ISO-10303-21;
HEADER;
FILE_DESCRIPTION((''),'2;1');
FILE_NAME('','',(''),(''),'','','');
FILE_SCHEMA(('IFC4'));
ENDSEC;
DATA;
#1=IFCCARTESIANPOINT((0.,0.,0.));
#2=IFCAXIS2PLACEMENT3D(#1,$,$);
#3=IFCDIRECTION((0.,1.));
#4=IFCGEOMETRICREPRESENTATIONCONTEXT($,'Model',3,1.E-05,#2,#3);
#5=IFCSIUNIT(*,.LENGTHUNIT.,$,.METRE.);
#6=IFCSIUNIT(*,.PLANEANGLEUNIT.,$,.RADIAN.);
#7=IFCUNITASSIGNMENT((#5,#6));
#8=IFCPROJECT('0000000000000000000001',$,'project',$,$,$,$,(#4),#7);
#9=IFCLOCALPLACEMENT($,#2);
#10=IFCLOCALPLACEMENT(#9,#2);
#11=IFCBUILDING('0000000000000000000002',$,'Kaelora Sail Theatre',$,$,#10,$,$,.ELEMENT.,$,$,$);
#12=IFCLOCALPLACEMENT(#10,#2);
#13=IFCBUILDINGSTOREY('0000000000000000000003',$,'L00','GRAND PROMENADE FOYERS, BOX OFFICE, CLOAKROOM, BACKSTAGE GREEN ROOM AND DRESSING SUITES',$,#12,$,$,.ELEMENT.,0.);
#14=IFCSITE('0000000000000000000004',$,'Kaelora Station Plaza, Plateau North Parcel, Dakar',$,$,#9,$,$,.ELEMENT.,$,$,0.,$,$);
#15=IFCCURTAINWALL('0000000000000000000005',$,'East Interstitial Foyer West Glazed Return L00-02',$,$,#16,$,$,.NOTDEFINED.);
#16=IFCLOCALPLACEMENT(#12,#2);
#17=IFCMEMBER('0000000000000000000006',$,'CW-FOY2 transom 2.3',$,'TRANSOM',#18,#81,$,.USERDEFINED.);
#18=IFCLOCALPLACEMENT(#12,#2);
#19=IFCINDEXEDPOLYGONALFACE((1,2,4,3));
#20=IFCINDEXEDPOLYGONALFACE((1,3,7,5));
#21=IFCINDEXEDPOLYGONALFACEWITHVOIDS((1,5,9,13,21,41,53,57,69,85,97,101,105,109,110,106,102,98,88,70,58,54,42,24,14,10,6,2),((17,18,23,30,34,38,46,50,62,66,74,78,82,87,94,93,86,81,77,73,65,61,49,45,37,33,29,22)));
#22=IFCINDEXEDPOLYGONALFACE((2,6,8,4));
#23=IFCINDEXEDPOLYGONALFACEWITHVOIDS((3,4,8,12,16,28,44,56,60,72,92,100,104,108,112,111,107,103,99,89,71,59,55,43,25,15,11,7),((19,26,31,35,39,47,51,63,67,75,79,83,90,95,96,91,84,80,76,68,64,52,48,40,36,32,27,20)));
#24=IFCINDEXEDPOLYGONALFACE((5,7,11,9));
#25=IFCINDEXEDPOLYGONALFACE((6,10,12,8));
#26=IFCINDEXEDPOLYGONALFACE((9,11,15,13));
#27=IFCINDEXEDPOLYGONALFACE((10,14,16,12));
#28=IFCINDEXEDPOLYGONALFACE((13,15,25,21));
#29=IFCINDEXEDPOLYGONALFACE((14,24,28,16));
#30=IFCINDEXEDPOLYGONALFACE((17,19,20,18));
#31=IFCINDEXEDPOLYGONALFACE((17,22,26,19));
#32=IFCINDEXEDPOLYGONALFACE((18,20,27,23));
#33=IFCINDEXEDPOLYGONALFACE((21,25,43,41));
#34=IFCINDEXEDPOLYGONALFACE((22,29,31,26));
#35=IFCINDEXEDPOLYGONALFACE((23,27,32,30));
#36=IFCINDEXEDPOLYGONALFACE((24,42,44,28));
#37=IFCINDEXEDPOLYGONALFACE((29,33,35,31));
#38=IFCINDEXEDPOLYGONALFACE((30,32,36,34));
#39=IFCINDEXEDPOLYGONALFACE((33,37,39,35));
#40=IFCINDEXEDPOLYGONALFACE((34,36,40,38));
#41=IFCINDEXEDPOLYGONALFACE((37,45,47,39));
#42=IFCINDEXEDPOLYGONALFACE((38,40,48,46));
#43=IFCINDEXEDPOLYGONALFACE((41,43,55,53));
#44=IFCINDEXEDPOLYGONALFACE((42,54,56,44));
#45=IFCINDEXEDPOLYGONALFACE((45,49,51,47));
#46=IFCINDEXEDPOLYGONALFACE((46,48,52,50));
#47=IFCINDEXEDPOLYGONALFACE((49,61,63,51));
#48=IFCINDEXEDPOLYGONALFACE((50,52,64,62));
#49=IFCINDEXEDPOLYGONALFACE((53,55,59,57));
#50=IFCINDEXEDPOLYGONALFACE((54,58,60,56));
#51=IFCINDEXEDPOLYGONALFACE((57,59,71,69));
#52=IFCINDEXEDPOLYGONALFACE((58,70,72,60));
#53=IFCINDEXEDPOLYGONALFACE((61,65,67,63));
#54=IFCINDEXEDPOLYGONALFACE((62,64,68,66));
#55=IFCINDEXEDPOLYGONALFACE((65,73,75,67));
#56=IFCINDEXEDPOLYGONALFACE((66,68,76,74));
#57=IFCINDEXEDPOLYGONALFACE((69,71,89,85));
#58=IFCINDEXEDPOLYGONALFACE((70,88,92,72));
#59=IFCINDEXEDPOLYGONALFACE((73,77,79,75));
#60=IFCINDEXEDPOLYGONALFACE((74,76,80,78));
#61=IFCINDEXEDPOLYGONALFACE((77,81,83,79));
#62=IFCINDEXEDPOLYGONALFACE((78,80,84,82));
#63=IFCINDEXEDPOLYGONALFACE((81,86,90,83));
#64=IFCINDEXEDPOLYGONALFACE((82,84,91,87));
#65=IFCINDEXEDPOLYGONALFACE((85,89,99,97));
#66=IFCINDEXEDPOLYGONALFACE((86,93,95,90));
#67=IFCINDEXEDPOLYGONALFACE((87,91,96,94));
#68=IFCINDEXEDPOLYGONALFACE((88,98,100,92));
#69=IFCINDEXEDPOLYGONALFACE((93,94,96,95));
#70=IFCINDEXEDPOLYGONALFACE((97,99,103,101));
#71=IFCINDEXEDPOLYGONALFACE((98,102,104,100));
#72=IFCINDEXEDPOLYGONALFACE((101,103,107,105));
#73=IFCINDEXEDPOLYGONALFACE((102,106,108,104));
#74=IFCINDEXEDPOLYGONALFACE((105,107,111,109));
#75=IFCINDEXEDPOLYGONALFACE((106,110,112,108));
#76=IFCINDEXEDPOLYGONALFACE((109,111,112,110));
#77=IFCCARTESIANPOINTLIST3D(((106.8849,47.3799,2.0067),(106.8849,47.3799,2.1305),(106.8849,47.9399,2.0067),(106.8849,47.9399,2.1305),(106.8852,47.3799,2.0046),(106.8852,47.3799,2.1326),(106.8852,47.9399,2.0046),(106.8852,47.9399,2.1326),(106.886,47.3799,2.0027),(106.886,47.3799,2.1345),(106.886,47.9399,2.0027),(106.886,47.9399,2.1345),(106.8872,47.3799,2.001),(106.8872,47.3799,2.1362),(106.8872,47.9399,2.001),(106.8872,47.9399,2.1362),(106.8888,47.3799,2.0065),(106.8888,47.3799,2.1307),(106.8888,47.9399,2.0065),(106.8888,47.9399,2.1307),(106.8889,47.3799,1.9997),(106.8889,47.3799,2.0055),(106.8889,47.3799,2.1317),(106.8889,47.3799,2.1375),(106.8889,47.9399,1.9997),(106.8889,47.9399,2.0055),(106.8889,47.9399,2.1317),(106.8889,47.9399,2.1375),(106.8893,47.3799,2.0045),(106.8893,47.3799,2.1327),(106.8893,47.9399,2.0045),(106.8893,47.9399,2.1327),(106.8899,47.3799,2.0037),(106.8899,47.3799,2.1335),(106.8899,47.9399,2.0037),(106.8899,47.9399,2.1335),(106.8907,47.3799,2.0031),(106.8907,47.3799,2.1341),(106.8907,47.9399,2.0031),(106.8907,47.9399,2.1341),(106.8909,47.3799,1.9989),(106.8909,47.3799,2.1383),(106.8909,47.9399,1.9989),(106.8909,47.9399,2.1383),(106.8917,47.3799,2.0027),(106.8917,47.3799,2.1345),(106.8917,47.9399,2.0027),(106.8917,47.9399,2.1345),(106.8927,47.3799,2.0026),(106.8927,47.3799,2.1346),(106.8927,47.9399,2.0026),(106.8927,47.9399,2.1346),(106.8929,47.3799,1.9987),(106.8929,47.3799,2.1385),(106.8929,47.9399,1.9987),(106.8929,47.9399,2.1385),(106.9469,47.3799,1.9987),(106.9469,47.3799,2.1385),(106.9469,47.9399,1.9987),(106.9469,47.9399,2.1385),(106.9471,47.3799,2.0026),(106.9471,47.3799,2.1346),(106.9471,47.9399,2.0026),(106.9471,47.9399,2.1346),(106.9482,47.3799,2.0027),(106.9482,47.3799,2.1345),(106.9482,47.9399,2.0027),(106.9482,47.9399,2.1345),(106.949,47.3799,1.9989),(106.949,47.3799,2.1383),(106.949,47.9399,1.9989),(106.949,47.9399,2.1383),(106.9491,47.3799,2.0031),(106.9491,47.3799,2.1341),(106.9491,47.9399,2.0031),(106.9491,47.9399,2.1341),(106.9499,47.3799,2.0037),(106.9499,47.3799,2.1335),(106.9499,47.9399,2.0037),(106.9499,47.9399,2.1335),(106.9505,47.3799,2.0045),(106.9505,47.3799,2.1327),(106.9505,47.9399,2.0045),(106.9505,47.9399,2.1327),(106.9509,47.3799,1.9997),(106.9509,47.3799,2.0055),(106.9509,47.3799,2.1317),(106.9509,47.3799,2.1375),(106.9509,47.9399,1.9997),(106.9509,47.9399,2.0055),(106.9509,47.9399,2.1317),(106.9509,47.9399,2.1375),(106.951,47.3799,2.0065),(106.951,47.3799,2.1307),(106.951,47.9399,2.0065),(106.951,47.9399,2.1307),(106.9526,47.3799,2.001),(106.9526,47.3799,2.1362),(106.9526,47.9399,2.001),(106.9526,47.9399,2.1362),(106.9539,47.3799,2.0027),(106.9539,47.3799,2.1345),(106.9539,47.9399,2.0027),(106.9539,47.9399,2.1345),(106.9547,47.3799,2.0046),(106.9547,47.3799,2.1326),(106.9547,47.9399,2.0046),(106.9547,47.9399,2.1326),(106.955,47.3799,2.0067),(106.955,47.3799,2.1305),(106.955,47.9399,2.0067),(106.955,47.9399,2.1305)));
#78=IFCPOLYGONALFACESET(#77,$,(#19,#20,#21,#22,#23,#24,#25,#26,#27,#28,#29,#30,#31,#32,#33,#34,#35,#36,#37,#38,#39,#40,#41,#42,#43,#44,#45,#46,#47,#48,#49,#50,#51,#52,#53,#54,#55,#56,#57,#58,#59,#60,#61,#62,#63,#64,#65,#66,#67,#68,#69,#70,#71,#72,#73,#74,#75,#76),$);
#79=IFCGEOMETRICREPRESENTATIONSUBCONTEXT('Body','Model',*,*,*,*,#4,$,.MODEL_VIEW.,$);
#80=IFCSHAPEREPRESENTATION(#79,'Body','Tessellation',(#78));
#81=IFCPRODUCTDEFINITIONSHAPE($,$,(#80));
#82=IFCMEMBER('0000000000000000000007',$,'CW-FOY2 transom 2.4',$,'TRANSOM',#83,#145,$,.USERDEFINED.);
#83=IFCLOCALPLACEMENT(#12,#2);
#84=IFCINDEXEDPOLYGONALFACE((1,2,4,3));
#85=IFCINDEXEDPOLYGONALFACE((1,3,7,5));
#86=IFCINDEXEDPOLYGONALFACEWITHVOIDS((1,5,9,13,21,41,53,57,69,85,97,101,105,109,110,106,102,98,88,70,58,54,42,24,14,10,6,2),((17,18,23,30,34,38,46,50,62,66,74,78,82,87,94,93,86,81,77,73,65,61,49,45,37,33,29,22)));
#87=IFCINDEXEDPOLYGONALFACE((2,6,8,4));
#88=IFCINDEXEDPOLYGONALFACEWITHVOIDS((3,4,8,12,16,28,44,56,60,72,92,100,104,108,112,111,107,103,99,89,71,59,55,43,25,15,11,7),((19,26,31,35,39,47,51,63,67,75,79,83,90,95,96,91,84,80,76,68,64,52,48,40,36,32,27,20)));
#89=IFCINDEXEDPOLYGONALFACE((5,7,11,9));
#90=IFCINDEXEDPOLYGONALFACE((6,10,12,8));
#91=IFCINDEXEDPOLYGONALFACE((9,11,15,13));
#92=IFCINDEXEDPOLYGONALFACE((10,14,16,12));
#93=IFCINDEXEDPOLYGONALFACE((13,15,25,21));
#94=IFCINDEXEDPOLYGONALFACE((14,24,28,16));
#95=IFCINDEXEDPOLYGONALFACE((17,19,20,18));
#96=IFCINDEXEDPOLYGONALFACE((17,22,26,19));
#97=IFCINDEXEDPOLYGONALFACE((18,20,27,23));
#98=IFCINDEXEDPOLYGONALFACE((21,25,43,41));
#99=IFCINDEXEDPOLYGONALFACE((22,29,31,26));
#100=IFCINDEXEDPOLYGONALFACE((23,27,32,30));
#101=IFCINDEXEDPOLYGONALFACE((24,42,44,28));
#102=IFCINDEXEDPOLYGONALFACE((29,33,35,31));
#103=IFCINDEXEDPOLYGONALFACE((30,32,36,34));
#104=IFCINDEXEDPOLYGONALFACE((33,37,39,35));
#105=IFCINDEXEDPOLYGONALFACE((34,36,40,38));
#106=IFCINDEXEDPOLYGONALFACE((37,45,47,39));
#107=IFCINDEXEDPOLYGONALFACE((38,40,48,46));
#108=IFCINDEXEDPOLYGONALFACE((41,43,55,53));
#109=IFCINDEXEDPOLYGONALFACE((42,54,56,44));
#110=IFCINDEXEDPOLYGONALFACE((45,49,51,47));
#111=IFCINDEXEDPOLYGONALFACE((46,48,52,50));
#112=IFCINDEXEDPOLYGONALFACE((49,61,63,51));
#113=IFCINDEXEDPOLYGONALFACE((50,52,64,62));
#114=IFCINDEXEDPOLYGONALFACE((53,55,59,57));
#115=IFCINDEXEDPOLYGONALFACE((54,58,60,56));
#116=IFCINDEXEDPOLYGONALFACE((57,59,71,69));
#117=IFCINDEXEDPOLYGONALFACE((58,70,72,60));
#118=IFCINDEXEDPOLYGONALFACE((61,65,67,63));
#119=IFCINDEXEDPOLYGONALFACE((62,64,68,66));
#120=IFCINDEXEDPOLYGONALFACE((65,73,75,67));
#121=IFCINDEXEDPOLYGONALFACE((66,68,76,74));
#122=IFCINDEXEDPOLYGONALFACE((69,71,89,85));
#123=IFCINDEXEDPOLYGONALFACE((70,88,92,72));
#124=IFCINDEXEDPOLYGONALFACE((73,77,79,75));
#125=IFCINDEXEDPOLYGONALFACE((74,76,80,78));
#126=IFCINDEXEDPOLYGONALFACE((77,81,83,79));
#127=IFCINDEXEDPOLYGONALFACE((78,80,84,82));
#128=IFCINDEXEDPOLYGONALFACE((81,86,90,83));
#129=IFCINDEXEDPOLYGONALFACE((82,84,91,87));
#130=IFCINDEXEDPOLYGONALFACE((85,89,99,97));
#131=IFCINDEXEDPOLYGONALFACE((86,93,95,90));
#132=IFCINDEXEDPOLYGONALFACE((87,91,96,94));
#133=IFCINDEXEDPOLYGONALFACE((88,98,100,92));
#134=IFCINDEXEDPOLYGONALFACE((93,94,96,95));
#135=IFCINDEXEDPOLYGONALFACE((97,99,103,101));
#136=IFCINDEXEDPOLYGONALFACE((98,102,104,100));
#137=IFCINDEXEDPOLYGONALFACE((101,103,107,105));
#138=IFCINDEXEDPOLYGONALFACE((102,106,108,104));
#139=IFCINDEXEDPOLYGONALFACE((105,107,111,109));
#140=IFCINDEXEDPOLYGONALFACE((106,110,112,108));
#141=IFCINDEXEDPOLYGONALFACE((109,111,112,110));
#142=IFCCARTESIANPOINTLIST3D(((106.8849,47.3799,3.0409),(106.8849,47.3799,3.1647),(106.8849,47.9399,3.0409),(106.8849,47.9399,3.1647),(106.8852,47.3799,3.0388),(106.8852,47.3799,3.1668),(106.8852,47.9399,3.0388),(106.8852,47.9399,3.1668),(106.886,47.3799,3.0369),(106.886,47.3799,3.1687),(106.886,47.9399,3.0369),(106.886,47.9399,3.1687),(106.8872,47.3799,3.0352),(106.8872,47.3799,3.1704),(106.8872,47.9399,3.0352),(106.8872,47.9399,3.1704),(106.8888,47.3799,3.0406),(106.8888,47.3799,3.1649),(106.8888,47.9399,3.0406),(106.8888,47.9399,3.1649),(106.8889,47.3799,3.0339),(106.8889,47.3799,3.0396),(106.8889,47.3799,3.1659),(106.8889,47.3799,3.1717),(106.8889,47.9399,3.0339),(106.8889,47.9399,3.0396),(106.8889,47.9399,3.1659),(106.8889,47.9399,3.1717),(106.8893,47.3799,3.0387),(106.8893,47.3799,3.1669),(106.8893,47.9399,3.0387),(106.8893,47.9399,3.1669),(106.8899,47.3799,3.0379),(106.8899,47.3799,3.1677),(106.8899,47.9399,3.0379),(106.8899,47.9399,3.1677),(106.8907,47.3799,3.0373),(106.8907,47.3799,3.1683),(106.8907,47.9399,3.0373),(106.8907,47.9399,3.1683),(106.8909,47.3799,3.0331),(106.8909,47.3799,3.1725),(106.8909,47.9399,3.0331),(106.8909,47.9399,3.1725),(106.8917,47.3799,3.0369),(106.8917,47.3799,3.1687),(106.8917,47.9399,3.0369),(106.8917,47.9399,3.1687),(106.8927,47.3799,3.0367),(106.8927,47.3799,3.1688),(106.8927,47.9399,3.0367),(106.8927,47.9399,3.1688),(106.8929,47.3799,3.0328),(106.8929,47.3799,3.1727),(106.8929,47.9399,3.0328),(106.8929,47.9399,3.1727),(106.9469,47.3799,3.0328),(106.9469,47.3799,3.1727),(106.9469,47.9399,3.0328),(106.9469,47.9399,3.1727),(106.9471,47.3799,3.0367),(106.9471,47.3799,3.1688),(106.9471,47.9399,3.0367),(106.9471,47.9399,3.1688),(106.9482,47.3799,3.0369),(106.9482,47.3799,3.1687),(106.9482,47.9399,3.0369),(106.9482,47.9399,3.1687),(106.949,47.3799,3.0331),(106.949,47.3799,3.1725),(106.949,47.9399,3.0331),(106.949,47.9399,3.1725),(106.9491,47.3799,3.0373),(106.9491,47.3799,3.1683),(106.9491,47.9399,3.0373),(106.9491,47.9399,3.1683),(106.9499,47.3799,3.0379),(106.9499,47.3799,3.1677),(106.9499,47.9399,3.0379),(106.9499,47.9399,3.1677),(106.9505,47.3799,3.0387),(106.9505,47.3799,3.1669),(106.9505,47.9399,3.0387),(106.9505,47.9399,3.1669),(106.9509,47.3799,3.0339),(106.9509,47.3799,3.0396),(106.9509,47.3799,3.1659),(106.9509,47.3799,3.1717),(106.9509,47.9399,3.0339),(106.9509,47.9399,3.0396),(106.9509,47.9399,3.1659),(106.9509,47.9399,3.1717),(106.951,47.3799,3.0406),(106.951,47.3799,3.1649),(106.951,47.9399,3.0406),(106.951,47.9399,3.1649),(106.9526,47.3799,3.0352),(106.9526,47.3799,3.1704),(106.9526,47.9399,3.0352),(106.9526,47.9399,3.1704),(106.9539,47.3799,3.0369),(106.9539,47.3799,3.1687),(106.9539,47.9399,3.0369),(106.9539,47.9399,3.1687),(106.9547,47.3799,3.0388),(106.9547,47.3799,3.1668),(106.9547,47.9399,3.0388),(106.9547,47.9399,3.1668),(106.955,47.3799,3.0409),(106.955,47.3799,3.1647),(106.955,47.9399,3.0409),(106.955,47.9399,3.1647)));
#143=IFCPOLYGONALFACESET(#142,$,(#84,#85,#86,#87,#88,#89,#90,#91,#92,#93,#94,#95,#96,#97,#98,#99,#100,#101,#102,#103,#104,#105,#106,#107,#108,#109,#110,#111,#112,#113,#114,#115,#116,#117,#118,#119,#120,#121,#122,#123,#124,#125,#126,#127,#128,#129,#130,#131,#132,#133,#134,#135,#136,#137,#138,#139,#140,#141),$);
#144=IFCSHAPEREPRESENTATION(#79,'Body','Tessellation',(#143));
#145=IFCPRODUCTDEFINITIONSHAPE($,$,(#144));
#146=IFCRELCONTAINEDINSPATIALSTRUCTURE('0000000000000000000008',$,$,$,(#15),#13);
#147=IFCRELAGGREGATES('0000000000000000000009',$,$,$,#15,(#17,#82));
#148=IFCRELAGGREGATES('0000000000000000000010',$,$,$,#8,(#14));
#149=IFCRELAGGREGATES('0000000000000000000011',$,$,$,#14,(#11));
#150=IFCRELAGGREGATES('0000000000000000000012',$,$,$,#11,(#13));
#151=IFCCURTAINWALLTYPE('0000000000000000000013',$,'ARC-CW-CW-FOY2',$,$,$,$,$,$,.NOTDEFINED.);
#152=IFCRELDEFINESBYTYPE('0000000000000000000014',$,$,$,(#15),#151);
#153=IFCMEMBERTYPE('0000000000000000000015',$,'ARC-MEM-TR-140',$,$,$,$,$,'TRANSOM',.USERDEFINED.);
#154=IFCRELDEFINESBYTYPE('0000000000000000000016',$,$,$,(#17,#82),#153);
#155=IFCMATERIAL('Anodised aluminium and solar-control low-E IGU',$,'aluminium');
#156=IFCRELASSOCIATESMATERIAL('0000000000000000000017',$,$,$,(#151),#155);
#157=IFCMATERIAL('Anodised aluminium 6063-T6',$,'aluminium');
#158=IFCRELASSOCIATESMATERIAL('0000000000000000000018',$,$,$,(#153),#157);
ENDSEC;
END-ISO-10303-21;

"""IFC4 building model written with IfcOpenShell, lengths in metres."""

from ifc_helpers import new_model, si_unit, direction, frame, origin, origin_2d, place, context, subcontext, project, spatial, hollow_rectangle, extrude, material, material_profile, profile_set, type_object, element, aggregate, save


model = new_model("IFC4")

# Units and contexts
model_context = context("Model", 3, precision=1e-05, world=origin(), true_north=direction((0.0, 1.0)))
body_context = subcontext(model_context, "Body", "Model", "MODEL_VIEW")
ifc_project = project(units=[si_unit("LENGTHUNIT", "METRE"), si_unit("PLANEANGLEUNIT", "RADIAN")], contexts=[model_context])

# Site, building, storey
site_placement = place(None, origin())
site = spatial("IfcSite", under=ifc_project, at=site_placement, Name="Kaelora Station Plaza, Plateau North Parcel, Dakar", CompositionType="ELEMENT", RefElevation=0.0)
building_placement = place(site_placement, origin())
building = spatial("IfcBuilding", under=site, at=building_placement, Name="Kaelora Sail Theatre", CompositionType="ELEMENT")
storey_placement = place(building_placement, origin())
storey = spatial("IfcBuildingStorey", under=building, at=storey_placement, Name="L00", Description="GRAND PROMENADE FOYERS, BOX OFFICE, CLOAKROOM, BACKSTAGE GREEN ROOM AND DRESSING SUITES", CompositionType="ELEMENT", Elevation=0.0)

# Curtain wall
ifc_material_1 = material(Name="Anodised aluminium and solar-control low-E IGU", Category="aluminium")
curtain_wall_type = type_object("IfcCurtainWallType", Name="ARC-CW-CW-FOY2", PredefinedType="NOTDEFINED", material=ifc_material_1)
curtain_wall_placement = place(storey_placement, origin())
curtain_wall = element("IfcCurtainWall", 1, at=curtain_wall_placement, inside=storey, type_object=curtain_wall_type, Name="East Interstitial Foyer West Glazed Return L00-02", PredefinedType="NOTDEFINED")

# Members
ifc_material_2 = material(Name="Anodised aluminium 6063-T6", Category="aluminium")
ifc_material_profile_1 = material_profile(ifc_material_2, hollow_rectangle(XDim=0.0701, YDim=0.1399, WallThickness=0.0039, InnerFilletRadius=0.0039, OuterFilletRadius=0.0081, at=origin_2d()), Name="ALU-TRAN 70x140x4")
ifc_profile_set_1 = profile_set([ifc_material_profile_1], Name="Anodised aluminium 6063-T6")
member_type_1 = type_object("IfcMemberType", Name="ARC-MEM-TR-140", ElementType="TRANSOM", PredefinedType="USERDEFINED", material=ifc_profile_set_1)
member_1_placement = place(storey_placement, frame((106.9199, 47.3799, 2.0686), z_axis=(0.0, 1.0, 0.0), x_axis=(-1.0, 0.0, 0.0)))
member_1 = element("IfcMember", 2, at=member_1_placement, type_object=member_type_1, Name="CW-FOY2 transom 2.3", ObjectType="TRANSOM", PredefinedType="USERDEFINED", context=body_context, shape_type="SweptSolid", body=[
    extrude(hollow_rectangle(XDim=0.0701, YDim=0.1399, WallThickness=0.0039, InnerFilletRadius=0.0039, OuterFilletRadius=0.0081, at=origin_2d()), origin(), (0.0, 0.0, 1.0), 0.5601),
])
member_2_placement = place(storey_placement, frame((106.9199, 47.3799, 3.1028), z_axis=(0.0, 1.0, 0.0), x_axis=(-1.0, 0.0, 0.0)))
member_2 = element("IfcMember", 3, at=member_2_placement, type_object=member_type_1, Name="CW-FOY2 transom 2.4", ObjectType="TRANSOM", PredefinedType="USERDEFINED", context=body_context, shape_type="SweptSolid", body=[
    extrude(hollow_rectangle(XDim=0.0701, YDim=0.1399, WallThickness=0.0039, InnerFilletRadius=0.0039, OuterFilletRadius=0.0081, at=origin_2d()), origin(), (0.0, 0.0, 1.0), 0.5601),
])

aggregate(curtain_wall, [member_1, member_2])

save(model, "model.ifc")
